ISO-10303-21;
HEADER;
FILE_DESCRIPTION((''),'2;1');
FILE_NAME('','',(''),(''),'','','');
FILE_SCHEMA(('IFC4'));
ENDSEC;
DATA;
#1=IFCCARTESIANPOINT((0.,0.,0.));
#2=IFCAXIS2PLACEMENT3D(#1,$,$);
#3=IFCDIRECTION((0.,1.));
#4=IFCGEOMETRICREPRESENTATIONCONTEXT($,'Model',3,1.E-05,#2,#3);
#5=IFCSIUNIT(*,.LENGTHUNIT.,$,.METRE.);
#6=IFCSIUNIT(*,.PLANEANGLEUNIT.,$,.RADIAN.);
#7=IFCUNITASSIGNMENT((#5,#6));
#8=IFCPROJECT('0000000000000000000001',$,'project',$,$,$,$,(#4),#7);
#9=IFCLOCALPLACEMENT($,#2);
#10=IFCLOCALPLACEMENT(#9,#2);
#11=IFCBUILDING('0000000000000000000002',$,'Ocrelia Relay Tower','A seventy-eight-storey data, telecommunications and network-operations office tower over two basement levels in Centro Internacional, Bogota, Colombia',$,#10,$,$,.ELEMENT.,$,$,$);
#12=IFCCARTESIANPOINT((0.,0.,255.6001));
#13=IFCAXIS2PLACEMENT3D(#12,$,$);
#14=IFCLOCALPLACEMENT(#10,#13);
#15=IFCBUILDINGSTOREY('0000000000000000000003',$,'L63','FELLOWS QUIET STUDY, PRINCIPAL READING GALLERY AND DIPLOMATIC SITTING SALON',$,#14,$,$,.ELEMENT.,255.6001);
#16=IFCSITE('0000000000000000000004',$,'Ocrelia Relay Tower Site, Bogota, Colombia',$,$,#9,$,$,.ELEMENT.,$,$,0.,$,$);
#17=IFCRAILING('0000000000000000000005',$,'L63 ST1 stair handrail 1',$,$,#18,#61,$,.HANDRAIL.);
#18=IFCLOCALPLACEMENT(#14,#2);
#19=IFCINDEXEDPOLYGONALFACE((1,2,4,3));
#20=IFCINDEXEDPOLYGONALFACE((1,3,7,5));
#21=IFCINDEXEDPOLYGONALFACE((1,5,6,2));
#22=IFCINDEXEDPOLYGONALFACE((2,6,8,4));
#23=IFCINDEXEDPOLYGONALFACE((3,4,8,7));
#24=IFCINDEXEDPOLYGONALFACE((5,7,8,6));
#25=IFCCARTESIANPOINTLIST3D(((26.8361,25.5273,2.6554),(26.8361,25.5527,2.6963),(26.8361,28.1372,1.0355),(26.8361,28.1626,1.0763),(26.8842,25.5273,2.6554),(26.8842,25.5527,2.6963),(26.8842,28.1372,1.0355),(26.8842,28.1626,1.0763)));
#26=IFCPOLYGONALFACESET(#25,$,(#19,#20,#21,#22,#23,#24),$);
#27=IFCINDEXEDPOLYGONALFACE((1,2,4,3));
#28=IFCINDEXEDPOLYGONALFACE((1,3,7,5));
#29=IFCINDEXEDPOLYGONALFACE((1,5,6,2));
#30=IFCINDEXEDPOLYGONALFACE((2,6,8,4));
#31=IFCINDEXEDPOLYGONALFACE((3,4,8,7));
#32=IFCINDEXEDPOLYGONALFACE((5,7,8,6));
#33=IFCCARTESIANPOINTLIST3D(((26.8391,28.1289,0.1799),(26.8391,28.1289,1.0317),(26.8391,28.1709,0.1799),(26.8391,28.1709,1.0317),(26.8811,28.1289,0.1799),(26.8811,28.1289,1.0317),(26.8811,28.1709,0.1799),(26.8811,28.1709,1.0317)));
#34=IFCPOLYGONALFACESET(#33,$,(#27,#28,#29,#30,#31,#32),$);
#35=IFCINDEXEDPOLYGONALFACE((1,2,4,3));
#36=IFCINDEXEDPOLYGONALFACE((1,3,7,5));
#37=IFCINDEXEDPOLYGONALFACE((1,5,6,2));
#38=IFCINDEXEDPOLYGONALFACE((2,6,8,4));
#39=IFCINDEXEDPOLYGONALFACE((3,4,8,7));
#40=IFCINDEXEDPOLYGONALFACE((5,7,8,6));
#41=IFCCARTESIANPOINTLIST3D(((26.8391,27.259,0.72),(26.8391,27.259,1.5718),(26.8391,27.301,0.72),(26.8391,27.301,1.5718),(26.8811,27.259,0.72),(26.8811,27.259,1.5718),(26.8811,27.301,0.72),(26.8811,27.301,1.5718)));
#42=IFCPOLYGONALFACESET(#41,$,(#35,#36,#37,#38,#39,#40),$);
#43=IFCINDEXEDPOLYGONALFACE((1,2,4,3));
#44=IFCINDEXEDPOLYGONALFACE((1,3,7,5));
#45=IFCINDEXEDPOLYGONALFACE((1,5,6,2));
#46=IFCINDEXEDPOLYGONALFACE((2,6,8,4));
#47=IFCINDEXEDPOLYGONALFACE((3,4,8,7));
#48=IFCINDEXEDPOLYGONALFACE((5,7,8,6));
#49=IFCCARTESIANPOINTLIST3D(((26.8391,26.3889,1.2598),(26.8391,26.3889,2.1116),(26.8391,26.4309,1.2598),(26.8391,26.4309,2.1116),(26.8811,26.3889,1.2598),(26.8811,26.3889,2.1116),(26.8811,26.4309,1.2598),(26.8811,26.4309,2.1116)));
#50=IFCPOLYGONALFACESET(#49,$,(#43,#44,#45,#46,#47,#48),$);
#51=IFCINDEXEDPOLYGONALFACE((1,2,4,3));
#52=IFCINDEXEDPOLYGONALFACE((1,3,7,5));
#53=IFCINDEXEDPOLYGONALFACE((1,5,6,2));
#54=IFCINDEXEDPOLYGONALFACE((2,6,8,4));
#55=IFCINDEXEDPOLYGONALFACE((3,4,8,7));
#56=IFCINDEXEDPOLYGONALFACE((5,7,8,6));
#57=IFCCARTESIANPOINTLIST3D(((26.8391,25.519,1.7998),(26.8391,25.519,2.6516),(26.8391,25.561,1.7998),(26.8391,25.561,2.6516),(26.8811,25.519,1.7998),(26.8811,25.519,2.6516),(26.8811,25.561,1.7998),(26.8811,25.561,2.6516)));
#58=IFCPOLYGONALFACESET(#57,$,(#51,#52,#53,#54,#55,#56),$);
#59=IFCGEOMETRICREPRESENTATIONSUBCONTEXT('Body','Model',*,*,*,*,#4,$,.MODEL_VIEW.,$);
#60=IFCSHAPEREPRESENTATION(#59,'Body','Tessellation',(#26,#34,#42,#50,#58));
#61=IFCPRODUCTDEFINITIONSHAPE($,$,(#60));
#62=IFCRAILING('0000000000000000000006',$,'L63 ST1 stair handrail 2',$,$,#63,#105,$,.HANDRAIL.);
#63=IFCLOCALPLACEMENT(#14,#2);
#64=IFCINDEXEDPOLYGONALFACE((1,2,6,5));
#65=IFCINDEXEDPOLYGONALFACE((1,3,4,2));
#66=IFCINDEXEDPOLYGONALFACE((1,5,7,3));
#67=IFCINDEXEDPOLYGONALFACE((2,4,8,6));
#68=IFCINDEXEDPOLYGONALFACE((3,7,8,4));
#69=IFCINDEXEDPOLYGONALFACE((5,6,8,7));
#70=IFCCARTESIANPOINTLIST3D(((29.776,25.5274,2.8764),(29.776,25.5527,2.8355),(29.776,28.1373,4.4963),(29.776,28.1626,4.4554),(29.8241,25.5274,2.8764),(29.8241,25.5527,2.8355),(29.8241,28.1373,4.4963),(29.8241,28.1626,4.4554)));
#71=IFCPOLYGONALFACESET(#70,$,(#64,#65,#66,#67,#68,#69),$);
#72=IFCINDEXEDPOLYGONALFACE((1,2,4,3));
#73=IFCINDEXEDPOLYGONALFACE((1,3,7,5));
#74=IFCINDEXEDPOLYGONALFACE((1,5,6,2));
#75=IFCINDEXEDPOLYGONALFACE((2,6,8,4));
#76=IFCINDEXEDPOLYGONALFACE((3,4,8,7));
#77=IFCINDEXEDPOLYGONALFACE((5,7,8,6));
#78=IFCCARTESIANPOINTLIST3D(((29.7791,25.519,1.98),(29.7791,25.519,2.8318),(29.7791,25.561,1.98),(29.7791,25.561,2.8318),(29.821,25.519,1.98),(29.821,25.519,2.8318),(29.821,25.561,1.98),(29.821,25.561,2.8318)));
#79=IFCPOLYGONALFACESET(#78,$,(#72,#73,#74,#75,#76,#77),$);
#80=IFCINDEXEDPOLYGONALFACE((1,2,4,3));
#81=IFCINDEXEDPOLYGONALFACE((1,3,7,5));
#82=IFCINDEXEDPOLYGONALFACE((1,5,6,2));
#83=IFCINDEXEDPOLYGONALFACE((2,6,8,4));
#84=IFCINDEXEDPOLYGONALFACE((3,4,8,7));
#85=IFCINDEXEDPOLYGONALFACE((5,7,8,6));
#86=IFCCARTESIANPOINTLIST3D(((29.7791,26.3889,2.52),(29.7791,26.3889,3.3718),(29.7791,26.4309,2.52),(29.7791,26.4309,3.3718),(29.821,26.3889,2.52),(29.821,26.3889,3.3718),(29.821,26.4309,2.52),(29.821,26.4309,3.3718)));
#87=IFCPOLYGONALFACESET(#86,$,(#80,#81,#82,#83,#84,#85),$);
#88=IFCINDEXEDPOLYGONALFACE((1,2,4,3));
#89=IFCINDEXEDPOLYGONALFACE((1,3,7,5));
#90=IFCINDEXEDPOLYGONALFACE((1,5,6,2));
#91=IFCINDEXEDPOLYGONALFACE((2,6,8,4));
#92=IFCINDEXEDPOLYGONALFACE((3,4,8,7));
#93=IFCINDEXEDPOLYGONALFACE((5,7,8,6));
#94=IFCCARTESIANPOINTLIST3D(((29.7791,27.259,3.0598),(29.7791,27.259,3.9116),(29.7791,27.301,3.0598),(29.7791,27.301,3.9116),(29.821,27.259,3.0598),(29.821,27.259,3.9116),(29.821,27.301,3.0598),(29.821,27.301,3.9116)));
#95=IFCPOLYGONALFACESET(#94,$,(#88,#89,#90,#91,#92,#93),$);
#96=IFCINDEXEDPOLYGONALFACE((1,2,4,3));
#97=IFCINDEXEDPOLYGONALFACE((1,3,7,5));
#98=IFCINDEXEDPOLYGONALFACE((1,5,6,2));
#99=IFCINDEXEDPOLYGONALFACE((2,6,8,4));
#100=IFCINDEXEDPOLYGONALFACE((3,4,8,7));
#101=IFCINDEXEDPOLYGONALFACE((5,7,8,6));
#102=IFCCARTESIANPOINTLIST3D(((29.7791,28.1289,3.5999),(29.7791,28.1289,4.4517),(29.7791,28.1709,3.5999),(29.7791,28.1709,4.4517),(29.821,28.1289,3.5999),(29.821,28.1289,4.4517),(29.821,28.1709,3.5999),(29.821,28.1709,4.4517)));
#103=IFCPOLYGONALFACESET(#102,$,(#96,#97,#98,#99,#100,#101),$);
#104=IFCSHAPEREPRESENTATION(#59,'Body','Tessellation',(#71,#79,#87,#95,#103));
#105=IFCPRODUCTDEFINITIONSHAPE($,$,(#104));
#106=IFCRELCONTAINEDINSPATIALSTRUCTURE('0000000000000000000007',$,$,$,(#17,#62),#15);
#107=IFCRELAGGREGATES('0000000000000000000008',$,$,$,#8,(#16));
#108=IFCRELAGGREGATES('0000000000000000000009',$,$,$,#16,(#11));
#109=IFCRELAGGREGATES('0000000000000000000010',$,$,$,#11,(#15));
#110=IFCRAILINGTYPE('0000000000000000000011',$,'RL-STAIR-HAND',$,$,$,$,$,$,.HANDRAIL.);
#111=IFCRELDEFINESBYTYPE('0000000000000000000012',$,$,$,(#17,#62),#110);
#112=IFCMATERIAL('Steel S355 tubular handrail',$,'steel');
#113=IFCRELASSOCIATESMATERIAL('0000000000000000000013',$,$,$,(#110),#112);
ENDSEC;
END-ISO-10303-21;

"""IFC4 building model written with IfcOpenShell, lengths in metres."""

from ifc_helpers import new_model, si_unit, direction, frame, origin, origin_2d, place, context, subcontext, project, spatial, rectangle, extrude, material, type_object, element, save


model = new_model("IFC4")

# Units and contexts
model_context = context("Model", 3, precision=1e-05, world=origin(), true_north=direction((0.0, 1.0)))
body_context = subcontext(model_context, "Body", "Model", "MODEL_VIEW")
ifc_project = project(units=[si_unit("LENGTHUNIT", "METRE"), si_unit("PLANEANGLEUNIT", "RADIAN")], contexts=[model_context])

# Site, building, storey
site_placement = place(None, origin())
site = spatial("IfcSite", under=ifc_project, at=site_placement, Name="Ocrelia Relay Tower Site, Bogota, Colombia", CompositionType="ELEMENT", RefElevation=0.0)
building_placement = place(site_placement, origin())
building = spatial("IfcBuilding", under=site, at=building_placement, Name="Ocrelia Relay Tower", Description="A seventy-eight-storey data, telecommunications and network-operations office tower over two basement levels in Centro Internacional, Bogota, Colombia", CompositionType="ELEMENT")
storey_placement = place(building_placement, frame((0.0, 0.0, 255.6001)))
storey = spatial("IfcBuildingStorey", under=building, at=storey_placement, Name="L63", Description="FELLOWS QUIET STUDY, PRINCIPAL READING GALLERY AND DIPLOMATIC SITTING SALON", CompositionType="ELEMENT", Elevation=255.6001)

# Railings
ifc_material_1 = material(Name="Steel S355 tubular handrail", Category="steel")
railing_type_1 = type_object("IfcRailingType", Name="RL-STAIR-HAND", PredefinedType="HANDRAIL", material=ifc_material_1)
railing_1_placement = place(storey_placement, frame((26.8601, 28.1499, 0.1799)))
element("IfcRailing", 1, at=railing_1_placement, inside=storey, type_object=railing_type_1, Name="L63 ST1 stair handrail 1", PredefinedType="HANDRAIL", context=body_context, shape_type="SweptSolid", body=[
    extrude(rectangle(XDim=0.0481, YDim=0.0481, at=origin_2d()), frame((0.0, 0.0, 0.876), z_axis=(0.0, -0.849646, 0.527353), x_axis=(1.0, 0.0, 0.0)), (0.0, 0.0, 1.0), 3.0718),
    extrude(rectangle(XDim=0.042, YDim=0.042, at=origin_2d()), origin(), (0.0, 0.0, 1.0), 0.8518),
    extrude(rectangle(XDim=0.042, YDim=0.042, at=origin_2d()), frame((0.0, -0.8699, 0.54)), (0.0, 0.0, 1.0), 0.8518),
    extrude(rectangle(XDim=0.042, YDim=0.042, at=origin_2d()), frame((0.0, -1.74, 1.0798)), (0.0, 0.0, 1.0), 0.8518),
    extrude(rectangle(XDim=0.042, YDim=0.042, at=origin_2d()), frame((0.0, -2.6099, 1.6199)), (0.0, 0.0, 1.0), 0.8518),
])
railing_2_placement = place(storey_placement, frame((29.8, 25.54, 1.98)))
element("IfcRailing", 2, at=railing_2_placement, inside=storey, type_object=railing_type_1, Name="L63 ST1 stair handrail 2", PredefinedType="HANDRAIL", context=body_context, shape_type="SweptSolid", body=[
    extrude(rectangle(XDim=0.0481, YDim=0.0481, at=origin_2d()), frame((0.0, 0.0, 0.876), z_axis=(0.0, 0.849646, 0.527353), x_axis=(-1.0, 0.0, 0.0)), (0.0, 0.0, 1.0), 3.0718),
    extrude(rectangle(XDim=0.042, YDim=0.042, at=origin_2d()), origin(), (0.0, 0.0, 1.0), 0.8518),
    extrude(rectangle(XDim=0.042, YDim=0.042, at=origin_2d()), frame((0.0, 0.8699, 0.54)), (0.0, 0.0, 1.0), 0.8518),
    extrude(rectangle(XDim=0.042, YDim=0.042, at=origin_2d()), frame((0.0, 1.74, 1.0798)), (0.0, 0.0, 1.0), 0.8518),
    extrude(rectangle(XDim=0.042, YDim=0.042, at=origin_2d()), frame((0.0, 2.6099, 1.6199)), (0.0, 0.0, 1.0), 0.8518),
])

save(model, "model.ifc")
